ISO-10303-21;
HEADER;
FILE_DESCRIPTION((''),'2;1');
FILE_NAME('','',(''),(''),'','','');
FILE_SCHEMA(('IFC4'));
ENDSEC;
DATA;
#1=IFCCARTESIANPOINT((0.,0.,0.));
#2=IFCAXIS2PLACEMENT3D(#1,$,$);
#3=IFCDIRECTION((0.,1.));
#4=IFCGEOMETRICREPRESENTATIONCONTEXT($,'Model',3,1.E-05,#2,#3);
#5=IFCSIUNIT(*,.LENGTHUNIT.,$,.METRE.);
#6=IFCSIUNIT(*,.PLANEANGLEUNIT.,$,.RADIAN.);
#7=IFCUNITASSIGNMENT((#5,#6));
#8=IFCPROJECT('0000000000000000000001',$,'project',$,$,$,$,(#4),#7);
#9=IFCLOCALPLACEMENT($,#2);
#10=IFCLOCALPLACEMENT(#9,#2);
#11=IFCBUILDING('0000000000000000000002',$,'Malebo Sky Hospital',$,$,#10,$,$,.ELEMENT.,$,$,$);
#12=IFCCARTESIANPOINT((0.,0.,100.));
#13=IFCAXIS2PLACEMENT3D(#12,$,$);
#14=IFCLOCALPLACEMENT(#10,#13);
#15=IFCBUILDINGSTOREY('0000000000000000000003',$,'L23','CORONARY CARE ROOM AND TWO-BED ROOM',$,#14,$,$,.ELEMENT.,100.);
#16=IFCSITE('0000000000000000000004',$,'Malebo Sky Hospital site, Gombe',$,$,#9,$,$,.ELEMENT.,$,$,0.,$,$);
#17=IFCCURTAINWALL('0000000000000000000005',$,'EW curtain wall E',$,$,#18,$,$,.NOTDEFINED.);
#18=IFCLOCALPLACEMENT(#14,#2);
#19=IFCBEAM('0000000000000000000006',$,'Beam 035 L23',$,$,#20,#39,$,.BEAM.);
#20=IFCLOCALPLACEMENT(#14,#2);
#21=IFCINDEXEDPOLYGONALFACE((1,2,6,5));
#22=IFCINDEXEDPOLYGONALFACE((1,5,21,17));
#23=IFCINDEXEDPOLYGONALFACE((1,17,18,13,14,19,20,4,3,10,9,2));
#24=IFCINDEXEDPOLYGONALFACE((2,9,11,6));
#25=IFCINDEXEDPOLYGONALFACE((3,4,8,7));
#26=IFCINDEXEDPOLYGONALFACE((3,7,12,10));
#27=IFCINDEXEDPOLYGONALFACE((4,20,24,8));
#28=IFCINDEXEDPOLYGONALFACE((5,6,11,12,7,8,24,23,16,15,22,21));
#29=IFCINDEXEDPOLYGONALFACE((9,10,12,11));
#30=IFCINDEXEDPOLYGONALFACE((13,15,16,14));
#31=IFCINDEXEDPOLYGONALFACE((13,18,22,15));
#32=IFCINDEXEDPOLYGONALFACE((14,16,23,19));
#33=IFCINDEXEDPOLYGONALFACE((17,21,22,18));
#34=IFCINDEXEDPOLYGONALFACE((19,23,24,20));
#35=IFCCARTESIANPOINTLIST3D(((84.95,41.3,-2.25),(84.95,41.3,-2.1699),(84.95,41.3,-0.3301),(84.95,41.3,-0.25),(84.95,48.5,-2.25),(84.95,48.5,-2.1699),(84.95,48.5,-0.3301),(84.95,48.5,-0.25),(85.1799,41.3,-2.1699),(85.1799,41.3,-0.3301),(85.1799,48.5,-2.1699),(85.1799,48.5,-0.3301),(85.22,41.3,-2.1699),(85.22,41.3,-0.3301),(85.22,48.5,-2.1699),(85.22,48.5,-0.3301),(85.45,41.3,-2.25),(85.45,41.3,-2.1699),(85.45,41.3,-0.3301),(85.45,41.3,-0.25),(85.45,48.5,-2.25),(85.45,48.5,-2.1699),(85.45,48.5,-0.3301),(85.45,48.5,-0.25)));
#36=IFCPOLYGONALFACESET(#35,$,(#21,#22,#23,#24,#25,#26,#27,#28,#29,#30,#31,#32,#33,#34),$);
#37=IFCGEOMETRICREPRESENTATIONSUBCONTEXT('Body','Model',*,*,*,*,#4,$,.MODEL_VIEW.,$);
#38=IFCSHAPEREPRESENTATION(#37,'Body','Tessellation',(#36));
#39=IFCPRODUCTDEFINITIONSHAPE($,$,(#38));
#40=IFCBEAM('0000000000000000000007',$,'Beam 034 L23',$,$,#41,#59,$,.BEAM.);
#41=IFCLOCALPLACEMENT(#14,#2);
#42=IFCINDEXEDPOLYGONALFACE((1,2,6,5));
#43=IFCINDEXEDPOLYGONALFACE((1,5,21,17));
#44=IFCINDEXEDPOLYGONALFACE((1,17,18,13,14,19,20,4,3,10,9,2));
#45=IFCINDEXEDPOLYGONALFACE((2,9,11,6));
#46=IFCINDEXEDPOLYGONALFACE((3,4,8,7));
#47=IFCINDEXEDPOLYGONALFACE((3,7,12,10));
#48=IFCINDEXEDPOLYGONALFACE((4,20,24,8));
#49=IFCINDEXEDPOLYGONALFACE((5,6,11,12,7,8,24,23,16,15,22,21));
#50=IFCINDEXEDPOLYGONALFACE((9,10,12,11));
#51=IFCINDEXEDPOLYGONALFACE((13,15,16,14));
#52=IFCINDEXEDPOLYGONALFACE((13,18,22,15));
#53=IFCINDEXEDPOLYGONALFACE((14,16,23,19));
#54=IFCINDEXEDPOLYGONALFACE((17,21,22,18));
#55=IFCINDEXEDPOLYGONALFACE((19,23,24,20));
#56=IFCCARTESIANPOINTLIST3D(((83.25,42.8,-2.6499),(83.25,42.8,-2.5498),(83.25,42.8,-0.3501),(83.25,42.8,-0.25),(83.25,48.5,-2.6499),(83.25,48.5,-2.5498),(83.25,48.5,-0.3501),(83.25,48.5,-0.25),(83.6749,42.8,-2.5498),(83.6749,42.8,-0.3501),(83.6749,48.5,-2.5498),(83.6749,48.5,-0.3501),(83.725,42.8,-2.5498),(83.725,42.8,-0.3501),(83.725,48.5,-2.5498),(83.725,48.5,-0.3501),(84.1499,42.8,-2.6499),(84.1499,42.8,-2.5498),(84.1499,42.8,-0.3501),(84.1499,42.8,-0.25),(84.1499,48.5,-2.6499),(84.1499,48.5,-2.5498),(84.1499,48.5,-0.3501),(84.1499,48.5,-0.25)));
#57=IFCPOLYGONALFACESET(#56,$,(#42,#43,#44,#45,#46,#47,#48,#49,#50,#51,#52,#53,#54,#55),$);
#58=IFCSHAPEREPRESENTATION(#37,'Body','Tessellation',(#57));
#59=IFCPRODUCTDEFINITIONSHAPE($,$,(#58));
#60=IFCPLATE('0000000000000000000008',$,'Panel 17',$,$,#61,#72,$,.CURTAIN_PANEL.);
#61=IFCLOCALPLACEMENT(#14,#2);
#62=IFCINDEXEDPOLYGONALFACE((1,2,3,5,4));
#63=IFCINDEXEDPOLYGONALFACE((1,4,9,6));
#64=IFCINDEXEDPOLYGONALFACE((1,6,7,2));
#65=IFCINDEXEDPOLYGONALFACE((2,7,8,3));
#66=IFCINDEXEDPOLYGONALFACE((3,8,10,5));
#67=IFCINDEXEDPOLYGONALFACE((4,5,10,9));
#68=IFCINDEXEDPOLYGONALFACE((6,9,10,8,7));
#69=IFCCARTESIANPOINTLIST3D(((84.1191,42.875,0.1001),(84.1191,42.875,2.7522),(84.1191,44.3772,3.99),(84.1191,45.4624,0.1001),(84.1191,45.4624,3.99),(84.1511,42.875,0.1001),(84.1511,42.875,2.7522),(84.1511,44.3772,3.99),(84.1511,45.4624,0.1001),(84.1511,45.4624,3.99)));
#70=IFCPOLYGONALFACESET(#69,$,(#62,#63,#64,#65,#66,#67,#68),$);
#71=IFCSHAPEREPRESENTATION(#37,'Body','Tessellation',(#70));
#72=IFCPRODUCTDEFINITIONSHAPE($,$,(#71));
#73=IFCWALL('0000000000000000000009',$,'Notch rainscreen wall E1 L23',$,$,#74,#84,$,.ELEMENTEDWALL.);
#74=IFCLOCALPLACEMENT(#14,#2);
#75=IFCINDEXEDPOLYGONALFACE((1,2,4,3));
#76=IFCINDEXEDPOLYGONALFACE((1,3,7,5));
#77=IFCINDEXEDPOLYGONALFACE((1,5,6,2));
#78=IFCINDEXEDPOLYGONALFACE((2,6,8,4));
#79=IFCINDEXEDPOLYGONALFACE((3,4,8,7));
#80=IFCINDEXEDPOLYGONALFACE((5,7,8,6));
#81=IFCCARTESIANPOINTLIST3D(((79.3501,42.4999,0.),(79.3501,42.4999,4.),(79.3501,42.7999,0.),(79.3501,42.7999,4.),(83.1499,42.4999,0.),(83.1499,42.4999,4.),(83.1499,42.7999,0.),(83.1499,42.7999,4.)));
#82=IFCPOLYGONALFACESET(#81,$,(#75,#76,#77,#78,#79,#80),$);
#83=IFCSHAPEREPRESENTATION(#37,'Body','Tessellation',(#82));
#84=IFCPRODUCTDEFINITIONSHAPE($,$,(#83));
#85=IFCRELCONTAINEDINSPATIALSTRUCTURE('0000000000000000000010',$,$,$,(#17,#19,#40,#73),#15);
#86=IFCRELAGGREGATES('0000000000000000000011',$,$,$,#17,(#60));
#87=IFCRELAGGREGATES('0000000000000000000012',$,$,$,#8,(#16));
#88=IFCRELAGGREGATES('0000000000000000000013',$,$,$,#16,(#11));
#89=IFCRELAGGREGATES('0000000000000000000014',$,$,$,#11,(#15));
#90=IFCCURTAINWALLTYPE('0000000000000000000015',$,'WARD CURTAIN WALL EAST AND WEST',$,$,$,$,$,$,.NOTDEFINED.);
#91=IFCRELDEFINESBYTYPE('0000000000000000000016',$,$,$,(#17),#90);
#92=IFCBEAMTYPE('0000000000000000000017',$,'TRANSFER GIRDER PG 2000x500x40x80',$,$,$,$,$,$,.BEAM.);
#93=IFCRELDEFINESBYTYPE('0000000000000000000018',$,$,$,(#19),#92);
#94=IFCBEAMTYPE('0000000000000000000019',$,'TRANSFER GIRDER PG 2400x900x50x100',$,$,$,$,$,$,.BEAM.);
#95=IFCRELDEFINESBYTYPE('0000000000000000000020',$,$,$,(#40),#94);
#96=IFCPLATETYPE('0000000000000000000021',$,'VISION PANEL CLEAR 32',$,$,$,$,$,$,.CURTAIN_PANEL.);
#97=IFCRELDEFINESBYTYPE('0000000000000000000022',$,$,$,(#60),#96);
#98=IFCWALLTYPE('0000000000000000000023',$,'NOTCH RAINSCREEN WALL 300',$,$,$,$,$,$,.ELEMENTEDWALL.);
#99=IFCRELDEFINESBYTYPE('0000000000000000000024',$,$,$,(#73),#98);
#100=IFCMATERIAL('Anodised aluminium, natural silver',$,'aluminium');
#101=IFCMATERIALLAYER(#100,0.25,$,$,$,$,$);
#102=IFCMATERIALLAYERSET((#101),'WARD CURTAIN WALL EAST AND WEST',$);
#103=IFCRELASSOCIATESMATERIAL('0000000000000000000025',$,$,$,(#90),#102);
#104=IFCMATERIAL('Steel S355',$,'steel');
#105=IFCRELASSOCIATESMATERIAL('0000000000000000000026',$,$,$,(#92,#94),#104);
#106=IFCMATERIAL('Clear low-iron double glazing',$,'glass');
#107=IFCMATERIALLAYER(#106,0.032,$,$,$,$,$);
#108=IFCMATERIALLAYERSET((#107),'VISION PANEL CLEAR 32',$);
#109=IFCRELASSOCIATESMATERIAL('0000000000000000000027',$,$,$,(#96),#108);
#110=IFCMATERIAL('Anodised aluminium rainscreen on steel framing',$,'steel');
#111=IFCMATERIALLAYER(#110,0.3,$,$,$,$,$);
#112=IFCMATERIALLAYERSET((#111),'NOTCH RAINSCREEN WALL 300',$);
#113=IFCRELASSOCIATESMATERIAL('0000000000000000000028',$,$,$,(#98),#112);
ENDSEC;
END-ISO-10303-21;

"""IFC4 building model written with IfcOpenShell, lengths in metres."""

from ifc_helpers import new_model, si_unit, direction, frame, frame_2d, origin, origin_2d, place, context, subcontext, project, spatial, polyline, rectangle, i_section, outline, extrude, material, layer, layer_set, material_profile, profile_set, type_object, element, aggregate, save


model = new_model("IFC4")

# Units and contexts
model_context = context("Model", 3, precision=1e-05, world=origin(), true_north=direction((0.0, 1.0)))
body_context = subcontext(model_context, "Body", "Model", "MODEL_VIEW")
ifc_project = project(units=[si_unit("LENGTHUNIT", "METRE"), si_unit("PLANEANGLEUNIT", "RADIAN")], contexts=[model_context])

# Site, building, storey
site_placement = place(None, origin())
site = spatial("IfcSite", under=ifc_project, at=site_placement, Name="Malebo Sky Hospital site, Gombe", CompositionType="ELEMENT", RefElevation=0.0)
building_placement = place(site_placement, origin())
building = spatial("IfcBuilding", under=site, at=building_placement, Name="Malebo Sky Hospital", CompositionType="ELEMENT")
storey_placement = place(building_placement, frame((0.0, 0.0, 100.0)))
storey = spatial("IfcBuildingStorey", under=building, at=storey_placement, Name="L23", Description="CORONARY CARE ROOM AND TWO-BED ROOM", CompositionType="ELEMENT", Elevation=100.0)

# Curtain wall
ifc_material_1 = material(Name="Anodised aluminium, natural silver", Category="aluminium")
ifc_layer_1 = layer(ifc_material_1, 0.25)
ifc_layer_set_1 = layer_set([ifc_layer_1], Name="WARD CURTAIN WALL EAST AND WEST")
curtain_wall_type = type_object("IfcCurtainWallType", Name="WARD CURTAIN WALL EAST AND WEST", PredefinedType="NOTDEFINED", material=ifc_layer_set_1)
curtain_wall_placement = place(storey_placement, origin())
curtain_wall = element("IfcCurtainWall", 1, at=curtain_wall_placement, inside=storey, type_object=curtain_wall_type, Name="EW curtain wall E", PredefinedType="NOTDEFINED")

# Beams
ifc_material_2 = material(Name="Steel S355", Category="steel")
ifc_material_profile_1 = material_profile(ifc_material_2, i_section(OverallWidth=0.5, OverallDepth=2.0, WebThickness=0.04, FlangeThickness=0.0801, at=origin_2d()), Name="PG 2000x500x40x80")
ifc_profile_set_1 = profile_set([ifc_material_profile_1], Name="Steel S355")
beam_type_1 = type_object("IfcBeamType", Name="TRANSFER GIRDER PG 2000x500x40x80", PredefinedType="BEAM", material=ifc_profile_set_1)
beam_1_placement = place(storey_placement, frame((85.2, 41.3, -1.25), z_axis=(0.0, 1.0, 0.0), x_axis=(-1.0, 0.0, 0.0)))
element("IfcBeam", 2, at=beam_1_placement, inside=storey, type_object=beam_type_1, Name="Beam 035 L23", PredefinedType="BEAM", context=body_context, shape_type="SweptSolid", body=[
    extrude(i_section(OverallWidth=0.5, OverallDepth=2.0, WebThickness=0.04, FlangeThickness=0.0801, at=origin_2d()), origin(), (0.0, 0.0, 1.0), 7.2),
])
ifc_material_profile_2 = material_profile(ifc_material_2, i_section(OverallWidth=0.8999, OverallDepth=2.3999, WebThickness=0.05, FlangeThickness=0.1001, at=origin_2d()), Name="PG 2400x900x50x100")
ifc_profile_set_2 = profile_set([ifc_material_profile_2], Name="Steel S355")
beam_type_2 = type_object("IfcBeamType", Name="TRANSFER GIRDER PG 2400x900x50x100", PredefinedType="BEAM", material=ifc_profile_set_2)
beam_2_placement = place(storey_placement, frame((83.7, 42.8, -1.45), z_axis=(0.0, 1.0, 0.0), x_axis=(-1.0, 0.0, 0.0)))
element("IfcBeam", 3, at=beam_2_placement, inside=storey, type_object=beam_type_2, Name="Beam 034 L23", PredefinedType="BEAM", context=body_context, shape_type="SweptSolid", body=[
    extrude(i_section(OverallWidth=0.8999, OverallDepth=2.3999, WebThickness=0.05, FlangeThickness=0.1001, at=origin_2d()), origin(), (0.0, 0.0, 1.0), 5.7),
])

# Plate
ifc_material_3 = material(Name="Clear low-iron double glazing", Category="glass")
ifc_layer_2 = layer(ifc_material_3, 0.032)
ifc_layer_set_2 = layer_set([ifc_layer_2], Name="VISION PANEL CLEAR 32")
plate_type = type_object("IfcPlateType", Name="VISION PANEL CLEAR 32", PredefinedType="CURTAIN_PANEL", material=ifc_layer_set_2)
plate_placement = place(storey_placement, frame((84.135, 44.1687, 0.1001), z_axis=(0.0, 0.0, 1.0), x_axis=(0.0, -1.0, 0.0)))
plate = element("IfcPlate", 4, at=plate_placement, type_object=plate_type, Name="Panel 17", PredefinedType="CURTAIN_PANEL", context=body_context, shape_type="SweptSolid", body=[
    extrude(outline(polyline([(-1.2937, 0.0), (1.2937, 0.0), (1.2937, 2.6521), (-0.2085, 3.8899), (-1.2937, 3.8899), (-1.2937, 0.0)])), frame((0.0, 0.0161, 0.0), z_axis=(0.0, -1.0, 0.0), x_axis=(1.0, 0.0, 0.0)), (0.0, 0.0, 1.0), 0.032),
])
aggregate(curtain_wall, [plate])

# Wall
ifc_material_4 = material(Name="Anodised aluminium rainscreen on steel framing", Category="steel")
ifc_layer_3 = layer(ifc_material_4, 0.3)
ifc_layer_set_3 = layer_set([ifc_layer_3], Name="NOTCH RAINSCREEN WALL 300")
wall_type = type_object("IfcWallType", Name="NOTCH RAINSCREEN WALL 300", PredefinedType="ELEMENTEDWALL", material=ifc_layer_set_3)
wall_placement = place(storey_placement, frame((83.1499, 42.6499, 0.0), z_axis=(0.0, 0.0, 1.0), x_axis=(-1.0, 0.0, 0.0)))
element("IfcWall", 5, at=wall_placement, inside=storey, type_object=wall_type, Name="Notch rainscreen wall E1 L23", PredefinedType="ELEMENTEDWALL", context=body_context, shape_type="SweptSolid", body=[
    extrude(rectangle(XDim=3.7998, YDim=0.3, at=frame_2d((1.8999, 0.0))), origin(), (0.0, 0.0, 1.0), 4.0),
])

save(model, "model.ifc")
